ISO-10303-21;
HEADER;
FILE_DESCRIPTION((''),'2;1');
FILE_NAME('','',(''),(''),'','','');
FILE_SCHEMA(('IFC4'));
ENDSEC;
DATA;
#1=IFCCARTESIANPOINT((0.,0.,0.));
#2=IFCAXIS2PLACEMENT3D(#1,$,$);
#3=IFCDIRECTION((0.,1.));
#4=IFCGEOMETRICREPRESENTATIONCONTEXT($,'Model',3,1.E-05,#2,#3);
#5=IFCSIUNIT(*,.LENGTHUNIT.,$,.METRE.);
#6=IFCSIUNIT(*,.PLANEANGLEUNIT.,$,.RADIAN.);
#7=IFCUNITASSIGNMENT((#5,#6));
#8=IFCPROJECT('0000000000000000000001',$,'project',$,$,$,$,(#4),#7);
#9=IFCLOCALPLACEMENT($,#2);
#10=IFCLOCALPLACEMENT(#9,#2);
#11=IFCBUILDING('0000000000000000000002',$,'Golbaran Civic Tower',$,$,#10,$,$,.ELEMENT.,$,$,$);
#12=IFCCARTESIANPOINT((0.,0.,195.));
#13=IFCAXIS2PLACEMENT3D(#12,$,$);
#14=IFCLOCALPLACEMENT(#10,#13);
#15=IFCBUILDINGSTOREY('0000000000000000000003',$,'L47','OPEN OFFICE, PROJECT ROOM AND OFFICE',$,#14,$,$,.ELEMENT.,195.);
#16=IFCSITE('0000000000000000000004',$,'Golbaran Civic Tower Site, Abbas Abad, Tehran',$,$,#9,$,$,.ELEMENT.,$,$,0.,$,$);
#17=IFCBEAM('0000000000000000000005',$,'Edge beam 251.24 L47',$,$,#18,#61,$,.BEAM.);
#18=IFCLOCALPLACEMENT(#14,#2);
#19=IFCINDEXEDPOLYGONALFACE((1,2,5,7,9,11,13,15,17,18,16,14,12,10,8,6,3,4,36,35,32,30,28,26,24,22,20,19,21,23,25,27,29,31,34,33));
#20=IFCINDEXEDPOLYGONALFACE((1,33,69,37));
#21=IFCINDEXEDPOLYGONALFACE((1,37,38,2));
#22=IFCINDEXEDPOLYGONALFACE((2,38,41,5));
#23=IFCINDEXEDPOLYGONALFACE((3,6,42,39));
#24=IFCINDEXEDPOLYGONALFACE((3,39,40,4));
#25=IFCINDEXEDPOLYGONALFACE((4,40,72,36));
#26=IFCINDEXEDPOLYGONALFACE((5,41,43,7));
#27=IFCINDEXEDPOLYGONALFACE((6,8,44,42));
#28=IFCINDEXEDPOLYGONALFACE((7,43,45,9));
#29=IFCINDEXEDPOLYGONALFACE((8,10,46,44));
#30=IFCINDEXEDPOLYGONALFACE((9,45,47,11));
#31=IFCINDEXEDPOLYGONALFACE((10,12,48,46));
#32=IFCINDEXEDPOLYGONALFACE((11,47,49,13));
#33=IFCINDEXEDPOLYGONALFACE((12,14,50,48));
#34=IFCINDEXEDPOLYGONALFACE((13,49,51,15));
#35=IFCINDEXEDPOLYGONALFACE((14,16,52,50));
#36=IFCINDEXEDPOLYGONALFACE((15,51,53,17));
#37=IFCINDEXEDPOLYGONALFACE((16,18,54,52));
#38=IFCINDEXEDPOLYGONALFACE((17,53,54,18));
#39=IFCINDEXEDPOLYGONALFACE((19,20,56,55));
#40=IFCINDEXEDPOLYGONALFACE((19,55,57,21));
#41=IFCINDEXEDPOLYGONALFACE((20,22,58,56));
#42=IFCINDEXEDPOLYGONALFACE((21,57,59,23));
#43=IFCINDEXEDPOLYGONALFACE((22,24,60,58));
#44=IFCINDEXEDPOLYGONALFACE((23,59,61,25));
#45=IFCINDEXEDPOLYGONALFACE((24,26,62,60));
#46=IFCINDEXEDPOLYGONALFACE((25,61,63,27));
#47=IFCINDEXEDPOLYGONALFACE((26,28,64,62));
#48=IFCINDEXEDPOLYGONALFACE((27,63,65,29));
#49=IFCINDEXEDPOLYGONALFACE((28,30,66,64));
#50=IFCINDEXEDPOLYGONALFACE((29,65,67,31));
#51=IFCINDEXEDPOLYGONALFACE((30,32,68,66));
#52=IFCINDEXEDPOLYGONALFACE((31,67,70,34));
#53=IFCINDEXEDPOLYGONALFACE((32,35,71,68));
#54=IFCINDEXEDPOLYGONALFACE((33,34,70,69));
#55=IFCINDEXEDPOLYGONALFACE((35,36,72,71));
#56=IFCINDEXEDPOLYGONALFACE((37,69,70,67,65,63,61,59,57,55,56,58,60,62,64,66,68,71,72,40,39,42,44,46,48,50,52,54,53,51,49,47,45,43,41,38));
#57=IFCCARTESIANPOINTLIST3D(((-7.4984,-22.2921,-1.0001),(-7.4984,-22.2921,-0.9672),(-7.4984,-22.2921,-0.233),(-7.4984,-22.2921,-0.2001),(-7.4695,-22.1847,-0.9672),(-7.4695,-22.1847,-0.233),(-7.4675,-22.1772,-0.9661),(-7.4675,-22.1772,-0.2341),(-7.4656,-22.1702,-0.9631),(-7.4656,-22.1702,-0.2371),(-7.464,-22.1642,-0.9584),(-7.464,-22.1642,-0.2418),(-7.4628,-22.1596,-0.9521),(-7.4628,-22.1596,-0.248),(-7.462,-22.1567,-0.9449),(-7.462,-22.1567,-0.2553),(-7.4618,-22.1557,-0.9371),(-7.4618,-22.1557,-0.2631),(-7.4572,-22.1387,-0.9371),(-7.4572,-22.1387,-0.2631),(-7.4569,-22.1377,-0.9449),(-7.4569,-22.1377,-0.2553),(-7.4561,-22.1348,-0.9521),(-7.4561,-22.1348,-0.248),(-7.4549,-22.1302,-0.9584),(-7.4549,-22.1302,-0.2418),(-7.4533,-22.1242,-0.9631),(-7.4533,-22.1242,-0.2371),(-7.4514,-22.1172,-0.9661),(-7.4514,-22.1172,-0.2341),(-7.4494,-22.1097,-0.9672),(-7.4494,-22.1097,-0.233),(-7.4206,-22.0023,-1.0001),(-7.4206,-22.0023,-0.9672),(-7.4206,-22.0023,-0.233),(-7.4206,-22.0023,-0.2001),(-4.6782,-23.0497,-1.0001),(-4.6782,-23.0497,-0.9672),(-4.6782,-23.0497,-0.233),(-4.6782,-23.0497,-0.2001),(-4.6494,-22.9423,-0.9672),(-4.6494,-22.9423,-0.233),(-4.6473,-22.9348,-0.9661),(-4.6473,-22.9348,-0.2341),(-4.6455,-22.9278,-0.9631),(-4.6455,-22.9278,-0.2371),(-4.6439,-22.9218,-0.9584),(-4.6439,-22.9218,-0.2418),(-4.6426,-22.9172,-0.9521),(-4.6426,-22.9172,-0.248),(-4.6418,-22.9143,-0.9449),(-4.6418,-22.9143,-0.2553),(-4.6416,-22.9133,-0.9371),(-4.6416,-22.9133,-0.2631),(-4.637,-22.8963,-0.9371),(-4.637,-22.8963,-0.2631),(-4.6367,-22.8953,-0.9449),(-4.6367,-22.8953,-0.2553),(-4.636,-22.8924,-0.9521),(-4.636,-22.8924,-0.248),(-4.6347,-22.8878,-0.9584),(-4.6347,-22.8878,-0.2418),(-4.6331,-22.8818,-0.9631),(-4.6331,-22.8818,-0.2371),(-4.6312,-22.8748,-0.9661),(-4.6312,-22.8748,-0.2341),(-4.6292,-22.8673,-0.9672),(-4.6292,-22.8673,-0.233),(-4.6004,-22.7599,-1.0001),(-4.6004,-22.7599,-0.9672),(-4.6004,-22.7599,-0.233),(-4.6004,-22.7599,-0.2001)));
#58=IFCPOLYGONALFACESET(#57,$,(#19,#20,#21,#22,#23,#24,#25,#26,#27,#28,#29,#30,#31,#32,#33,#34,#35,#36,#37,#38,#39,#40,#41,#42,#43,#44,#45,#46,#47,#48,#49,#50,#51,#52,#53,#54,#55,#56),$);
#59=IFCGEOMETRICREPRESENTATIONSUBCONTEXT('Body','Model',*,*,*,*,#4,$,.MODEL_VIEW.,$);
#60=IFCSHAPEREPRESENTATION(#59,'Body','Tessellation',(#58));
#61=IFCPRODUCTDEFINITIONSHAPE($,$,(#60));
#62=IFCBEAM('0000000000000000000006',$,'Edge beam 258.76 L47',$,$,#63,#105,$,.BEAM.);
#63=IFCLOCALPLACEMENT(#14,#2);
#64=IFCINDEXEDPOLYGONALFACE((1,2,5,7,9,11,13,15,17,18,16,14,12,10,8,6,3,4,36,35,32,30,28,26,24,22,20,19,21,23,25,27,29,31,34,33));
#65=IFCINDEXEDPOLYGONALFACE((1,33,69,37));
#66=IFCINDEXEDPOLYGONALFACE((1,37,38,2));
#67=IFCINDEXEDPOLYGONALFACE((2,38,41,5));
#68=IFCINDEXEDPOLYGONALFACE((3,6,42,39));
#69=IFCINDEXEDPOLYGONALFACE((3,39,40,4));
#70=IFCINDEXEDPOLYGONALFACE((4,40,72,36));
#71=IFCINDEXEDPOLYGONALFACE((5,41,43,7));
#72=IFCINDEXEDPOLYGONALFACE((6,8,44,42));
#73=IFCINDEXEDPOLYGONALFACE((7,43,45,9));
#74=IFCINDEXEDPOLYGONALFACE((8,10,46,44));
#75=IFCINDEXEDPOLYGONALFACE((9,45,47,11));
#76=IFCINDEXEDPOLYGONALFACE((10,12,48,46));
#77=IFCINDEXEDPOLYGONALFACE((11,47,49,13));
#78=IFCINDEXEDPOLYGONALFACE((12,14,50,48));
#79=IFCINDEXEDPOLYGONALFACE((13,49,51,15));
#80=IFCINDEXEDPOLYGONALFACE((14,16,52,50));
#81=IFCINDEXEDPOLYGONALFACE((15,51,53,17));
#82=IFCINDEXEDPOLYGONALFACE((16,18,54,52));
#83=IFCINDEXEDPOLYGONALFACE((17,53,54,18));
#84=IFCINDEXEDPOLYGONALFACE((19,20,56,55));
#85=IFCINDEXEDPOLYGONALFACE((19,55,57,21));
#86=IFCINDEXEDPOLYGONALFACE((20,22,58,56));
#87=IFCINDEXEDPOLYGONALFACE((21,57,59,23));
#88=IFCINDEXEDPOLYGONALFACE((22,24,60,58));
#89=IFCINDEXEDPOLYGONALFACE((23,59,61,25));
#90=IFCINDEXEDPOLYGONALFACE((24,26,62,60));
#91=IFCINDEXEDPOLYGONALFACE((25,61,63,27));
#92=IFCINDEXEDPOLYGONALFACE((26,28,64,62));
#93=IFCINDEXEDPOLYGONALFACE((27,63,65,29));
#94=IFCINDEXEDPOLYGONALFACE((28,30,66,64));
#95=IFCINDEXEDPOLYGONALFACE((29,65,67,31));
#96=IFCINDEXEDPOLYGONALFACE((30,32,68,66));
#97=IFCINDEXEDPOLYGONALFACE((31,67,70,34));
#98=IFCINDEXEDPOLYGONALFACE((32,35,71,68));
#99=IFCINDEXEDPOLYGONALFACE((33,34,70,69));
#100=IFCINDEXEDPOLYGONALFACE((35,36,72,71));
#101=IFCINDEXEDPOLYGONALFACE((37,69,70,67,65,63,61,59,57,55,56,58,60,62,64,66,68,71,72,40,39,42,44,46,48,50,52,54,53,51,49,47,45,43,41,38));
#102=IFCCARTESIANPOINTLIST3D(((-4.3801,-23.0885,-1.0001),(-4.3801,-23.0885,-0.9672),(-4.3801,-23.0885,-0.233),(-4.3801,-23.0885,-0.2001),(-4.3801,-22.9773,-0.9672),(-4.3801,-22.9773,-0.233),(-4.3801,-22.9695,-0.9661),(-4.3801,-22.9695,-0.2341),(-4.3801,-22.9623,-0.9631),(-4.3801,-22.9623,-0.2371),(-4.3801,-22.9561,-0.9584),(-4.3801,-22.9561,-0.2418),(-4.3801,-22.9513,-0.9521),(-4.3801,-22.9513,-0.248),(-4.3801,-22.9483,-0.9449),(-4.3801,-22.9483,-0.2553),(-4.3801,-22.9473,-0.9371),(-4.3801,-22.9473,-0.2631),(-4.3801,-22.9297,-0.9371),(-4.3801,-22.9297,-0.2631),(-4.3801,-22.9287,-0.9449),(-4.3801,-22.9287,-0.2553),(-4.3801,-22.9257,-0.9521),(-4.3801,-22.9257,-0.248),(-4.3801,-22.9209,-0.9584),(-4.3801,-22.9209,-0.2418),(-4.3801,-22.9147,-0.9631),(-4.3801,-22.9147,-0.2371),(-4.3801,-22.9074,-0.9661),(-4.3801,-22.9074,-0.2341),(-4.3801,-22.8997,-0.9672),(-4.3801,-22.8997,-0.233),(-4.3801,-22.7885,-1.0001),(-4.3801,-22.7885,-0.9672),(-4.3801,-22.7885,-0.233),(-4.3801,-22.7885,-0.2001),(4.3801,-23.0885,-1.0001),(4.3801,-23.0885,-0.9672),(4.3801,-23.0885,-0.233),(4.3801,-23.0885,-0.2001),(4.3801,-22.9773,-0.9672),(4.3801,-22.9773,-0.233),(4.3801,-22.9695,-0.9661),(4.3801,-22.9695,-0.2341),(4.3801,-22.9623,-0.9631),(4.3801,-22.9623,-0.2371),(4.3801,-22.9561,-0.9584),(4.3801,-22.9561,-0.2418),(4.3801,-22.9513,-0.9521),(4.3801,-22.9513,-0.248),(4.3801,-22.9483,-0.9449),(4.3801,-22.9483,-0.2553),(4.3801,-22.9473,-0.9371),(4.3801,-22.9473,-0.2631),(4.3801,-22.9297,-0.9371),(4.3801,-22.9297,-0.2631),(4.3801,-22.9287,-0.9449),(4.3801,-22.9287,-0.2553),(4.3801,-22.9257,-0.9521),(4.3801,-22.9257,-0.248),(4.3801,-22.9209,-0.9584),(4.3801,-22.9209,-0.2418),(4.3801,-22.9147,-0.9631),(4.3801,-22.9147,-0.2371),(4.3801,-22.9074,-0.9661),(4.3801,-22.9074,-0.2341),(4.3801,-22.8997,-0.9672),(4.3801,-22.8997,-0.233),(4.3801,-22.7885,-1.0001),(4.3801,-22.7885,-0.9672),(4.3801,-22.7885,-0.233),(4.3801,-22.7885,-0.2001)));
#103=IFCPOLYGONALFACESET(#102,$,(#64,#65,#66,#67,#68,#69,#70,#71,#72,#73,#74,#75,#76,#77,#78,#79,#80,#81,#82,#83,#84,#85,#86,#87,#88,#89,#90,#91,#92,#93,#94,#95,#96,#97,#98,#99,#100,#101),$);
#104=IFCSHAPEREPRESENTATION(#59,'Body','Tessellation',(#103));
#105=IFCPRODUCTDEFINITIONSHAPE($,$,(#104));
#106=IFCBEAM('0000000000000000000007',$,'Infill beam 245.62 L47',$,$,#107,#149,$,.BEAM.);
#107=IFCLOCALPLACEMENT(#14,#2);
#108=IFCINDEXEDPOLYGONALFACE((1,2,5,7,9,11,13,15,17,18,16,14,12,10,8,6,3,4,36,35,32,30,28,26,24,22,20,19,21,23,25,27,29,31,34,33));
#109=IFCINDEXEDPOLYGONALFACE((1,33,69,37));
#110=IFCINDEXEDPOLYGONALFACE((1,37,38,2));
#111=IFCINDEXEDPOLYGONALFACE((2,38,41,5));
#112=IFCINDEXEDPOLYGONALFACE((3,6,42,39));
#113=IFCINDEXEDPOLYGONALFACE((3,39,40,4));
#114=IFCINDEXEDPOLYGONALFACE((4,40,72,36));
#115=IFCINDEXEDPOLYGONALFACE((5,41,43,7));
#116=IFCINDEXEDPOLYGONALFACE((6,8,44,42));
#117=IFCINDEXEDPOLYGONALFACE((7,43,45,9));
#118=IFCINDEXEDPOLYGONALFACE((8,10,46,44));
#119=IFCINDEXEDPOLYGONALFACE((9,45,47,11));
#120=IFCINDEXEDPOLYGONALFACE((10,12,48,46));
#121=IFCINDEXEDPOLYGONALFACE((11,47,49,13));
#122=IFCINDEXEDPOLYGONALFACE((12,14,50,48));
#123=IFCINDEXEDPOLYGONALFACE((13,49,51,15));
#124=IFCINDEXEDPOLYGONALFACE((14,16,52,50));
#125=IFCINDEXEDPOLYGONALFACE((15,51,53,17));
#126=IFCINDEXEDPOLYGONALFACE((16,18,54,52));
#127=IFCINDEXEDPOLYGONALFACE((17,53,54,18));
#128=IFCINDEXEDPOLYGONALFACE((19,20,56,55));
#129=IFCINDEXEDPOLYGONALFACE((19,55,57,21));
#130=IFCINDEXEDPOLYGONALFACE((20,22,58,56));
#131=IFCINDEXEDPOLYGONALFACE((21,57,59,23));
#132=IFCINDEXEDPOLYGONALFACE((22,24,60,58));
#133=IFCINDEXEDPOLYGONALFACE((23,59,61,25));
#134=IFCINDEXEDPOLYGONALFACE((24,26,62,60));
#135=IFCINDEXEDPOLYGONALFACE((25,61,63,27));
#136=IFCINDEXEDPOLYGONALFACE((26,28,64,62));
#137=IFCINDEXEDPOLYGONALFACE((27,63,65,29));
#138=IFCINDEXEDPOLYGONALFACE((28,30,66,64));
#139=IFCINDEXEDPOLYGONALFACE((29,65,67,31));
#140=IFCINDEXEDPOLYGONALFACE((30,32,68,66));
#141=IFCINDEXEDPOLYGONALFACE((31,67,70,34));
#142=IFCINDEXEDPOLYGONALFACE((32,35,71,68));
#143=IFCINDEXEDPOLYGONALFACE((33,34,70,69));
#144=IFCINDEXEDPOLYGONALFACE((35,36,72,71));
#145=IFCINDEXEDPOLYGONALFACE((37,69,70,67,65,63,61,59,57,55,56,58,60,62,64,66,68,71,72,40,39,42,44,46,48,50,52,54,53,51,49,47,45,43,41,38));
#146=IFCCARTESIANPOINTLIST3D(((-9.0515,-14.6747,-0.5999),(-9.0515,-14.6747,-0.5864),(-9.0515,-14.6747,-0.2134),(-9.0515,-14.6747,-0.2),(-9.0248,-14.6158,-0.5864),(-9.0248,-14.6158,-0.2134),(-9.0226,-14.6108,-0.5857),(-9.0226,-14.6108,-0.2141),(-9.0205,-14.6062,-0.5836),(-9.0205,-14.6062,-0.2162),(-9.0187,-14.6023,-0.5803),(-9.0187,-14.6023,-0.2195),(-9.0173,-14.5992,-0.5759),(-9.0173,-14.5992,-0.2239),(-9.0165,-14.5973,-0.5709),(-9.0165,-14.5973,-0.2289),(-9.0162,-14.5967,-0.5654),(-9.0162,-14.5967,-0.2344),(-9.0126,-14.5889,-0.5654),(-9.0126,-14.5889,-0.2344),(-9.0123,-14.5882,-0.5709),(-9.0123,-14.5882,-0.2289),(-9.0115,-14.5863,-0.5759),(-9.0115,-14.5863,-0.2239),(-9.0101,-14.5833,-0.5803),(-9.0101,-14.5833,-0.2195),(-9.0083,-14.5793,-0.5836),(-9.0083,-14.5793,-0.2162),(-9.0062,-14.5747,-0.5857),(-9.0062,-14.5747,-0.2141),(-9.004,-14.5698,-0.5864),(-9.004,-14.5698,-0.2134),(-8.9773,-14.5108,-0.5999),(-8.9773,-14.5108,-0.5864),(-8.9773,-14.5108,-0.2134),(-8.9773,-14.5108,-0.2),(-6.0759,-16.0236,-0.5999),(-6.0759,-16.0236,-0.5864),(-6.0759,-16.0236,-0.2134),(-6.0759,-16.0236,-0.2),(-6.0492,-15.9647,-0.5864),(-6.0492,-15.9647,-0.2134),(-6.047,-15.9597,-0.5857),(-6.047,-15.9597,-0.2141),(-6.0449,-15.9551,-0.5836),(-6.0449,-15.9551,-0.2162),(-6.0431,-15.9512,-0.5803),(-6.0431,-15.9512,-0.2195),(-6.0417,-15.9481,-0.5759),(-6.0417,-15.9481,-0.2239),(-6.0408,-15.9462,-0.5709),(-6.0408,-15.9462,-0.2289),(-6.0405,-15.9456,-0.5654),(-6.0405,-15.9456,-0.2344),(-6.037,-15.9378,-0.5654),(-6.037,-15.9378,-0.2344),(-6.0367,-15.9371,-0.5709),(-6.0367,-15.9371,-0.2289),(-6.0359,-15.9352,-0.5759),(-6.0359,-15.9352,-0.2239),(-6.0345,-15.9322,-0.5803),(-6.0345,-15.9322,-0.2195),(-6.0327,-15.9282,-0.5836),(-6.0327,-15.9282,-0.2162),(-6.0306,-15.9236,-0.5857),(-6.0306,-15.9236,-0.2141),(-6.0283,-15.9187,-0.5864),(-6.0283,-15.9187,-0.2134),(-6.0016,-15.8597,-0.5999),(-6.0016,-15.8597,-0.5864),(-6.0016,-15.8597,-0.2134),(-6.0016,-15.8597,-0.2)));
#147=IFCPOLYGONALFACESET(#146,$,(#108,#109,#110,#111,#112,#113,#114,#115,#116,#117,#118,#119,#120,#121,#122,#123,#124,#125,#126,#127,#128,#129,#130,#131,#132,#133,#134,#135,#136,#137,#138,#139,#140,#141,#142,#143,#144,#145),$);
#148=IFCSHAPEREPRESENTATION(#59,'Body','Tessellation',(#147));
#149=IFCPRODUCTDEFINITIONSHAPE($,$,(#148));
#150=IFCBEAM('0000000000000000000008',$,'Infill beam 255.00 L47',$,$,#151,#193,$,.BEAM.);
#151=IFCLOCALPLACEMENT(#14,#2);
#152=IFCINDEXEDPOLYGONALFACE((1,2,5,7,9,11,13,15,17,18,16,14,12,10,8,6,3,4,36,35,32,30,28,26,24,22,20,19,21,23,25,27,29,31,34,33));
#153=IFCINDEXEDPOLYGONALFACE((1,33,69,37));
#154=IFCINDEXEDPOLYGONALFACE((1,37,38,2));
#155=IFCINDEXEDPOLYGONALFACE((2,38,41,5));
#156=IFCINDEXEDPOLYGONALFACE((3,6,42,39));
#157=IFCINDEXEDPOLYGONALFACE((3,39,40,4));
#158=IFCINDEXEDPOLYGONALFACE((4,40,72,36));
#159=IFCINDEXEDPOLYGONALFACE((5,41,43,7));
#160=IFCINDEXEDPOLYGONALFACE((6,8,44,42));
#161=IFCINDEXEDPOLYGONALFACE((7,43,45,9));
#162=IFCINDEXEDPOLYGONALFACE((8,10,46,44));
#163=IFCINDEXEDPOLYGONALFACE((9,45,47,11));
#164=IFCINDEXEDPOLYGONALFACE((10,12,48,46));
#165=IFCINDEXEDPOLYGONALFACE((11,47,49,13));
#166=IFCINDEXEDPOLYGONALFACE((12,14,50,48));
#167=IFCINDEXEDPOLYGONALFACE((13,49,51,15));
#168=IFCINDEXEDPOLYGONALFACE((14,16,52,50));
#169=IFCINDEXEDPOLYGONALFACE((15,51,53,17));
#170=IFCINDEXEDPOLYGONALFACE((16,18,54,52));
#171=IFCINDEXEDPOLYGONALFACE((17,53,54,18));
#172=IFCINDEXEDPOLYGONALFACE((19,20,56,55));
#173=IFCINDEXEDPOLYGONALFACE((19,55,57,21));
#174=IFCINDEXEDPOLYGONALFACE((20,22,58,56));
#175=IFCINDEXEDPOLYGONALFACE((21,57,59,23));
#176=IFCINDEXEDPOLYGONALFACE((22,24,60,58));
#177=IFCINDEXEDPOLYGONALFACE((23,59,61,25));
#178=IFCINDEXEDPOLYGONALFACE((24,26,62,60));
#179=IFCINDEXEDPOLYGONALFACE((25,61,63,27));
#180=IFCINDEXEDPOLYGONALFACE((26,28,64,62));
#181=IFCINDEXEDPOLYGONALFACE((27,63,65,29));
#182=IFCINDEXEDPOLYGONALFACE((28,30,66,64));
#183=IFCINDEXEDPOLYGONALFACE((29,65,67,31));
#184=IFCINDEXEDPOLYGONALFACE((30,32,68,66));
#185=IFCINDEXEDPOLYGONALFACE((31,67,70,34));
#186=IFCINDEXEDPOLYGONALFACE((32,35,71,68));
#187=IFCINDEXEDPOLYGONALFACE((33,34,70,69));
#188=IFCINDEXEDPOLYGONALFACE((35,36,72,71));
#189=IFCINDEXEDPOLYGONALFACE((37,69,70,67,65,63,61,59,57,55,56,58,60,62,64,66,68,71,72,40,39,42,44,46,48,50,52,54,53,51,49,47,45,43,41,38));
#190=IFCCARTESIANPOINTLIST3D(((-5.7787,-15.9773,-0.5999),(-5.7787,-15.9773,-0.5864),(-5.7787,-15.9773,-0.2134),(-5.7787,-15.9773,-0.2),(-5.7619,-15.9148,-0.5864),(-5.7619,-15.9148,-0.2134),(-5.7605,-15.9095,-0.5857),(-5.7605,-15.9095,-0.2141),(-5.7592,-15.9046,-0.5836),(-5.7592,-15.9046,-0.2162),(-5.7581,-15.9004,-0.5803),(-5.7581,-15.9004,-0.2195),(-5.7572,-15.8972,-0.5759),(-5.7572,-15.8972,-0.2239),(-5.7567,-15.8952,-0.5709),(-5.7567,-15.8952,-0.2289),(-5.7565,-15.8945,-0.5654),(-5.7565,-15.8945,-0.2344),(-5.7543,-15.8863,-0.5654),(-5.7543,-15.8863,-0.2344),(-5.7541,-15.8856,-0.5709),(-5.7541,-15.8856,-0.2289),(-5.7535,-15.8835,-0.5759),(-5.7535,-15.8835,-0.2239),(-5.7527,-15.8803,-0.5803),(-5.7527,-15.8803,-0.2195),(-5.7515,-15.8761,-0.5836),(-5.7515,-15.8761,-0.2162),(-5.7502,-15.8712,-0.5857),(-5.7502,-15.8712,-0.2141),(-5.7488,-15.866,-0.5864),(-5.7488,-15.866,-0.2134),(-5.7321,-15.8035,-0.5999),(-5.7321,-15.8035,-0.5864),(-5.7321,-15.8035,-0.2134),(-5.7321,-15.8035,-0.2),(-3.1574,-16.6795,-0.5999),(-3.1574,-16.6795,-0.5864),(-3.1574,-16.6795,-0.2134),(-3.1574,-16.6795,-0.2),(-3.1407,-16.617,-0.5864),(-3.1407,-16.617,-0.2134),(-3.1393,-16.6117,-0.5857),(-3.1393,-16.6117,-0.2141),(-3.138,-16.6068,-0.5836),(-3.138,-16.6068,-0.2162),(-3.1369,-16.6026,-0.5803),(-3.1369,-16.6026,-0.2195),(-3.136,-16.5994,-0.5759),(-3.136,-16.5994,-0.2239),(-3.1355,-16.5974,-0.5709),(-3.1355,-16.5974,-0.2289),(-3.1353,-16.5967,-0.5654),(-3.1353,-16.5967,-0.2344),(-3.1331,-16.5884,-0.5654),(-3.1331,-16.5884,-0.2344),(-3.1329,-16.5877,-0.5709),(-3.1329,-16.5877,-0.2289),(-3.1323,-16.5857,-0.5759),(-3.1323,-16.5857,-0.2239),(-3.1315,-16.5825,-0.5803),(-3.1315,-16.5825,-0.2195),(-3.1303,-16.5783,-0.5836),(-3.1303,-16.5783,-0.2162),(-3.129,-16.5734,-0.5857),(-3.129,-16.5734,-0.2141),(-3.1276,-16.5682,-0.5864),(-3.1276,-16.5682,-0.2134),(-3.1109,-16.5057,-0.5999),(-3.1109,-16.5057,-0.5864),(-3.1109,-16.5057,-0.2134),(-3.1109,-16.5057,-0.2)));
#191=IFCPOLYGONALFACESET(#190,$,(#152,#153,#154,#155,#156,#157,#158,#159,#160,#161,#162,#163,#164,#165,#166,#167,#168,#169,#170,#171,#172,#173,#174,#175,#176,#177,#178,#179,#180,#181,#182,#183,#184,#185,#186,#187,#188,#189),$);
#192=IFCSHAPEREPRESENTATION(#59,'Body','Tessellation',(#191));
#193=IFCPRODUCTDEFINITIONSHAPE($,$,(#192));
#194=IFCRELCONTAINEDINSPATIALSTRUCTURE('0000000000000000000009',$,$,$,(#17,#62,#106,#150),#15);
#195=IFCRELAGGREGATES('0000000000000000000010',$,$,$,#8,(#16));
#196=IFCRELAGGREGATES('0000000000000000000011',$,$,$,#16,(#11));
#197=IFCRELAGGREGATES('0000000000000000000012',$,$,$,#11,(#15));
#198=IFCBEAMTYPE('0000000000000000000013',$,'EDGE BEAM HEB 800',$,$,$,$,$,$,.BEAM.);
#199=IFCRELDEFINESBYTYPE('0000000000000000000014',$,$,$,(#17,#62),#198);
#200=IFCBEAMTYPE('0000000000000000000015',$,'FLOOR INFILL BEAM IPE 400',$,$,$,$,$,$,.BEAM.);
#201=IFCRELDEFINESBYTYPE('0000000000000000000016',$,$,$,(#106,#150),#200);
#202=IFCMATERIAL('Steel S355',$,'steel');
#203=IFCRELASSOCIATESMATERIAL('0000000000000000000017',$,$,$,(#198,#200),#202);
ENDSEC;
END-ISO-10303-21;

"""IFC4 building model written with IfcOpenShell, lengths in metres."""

from ifc_helpers import new_model, si_unit, direction, frame, origin, origin_2d, place, context, subcontext, project, spatial, i_section, extrude, material, material_profile, profile_set, type_object, element, save


model = new_model("IFC4")

# Units and contexts
model_context = context("Model", 3, precision=1e-05, world=origin(), true_north=direction((0.0, 1.0)))
body_context = subcontext(model_context, "Body", "Model", "MODEL_VIEW")
ifc_project = project(units=[si_unit("LENGTHUNIT", "METRE"), si_unit("PLANEANGLEUNIT", "RADIAN")], contexts=[model_context])

# Site, building, storey
site_placement = place(None, origin())
site = spatial("IfcSite", under=ifc_project, at=site_placement, Name="Golbaran Civic Tower Site, Abbas Abad, Tehran", CompositionType="ELEMENT", RefElevation=0.0)
building_placement = place(site_placement, origin())
building = spatial("IfcBuilding", under=site, at=building_placement, Name="Golbaran Civic Tower", CompositionType="ELEMENT")
storey_placement = place(building_placement, frame((0.0, 0.0, 195.0)))
storey = spatial("IfcBuildingStorey", under=building, at=storey_placement, Name="L47", Description="OPEN OFFICE, PROJECT ROOM AND OFFICE", CompositionType="ELEMENT", Elevation=195.0)

# Beams
ifc_material_1 = material(Name="Steel S355", Category="steel")
ifc_material_profile_1 = material_profile(ifc_material_1, i_section(OverallWidth=0.3, OverallDepth=0.8, WebThickness=0.0176, FlangeThickness=0.033, FilletRadius=0.03, at=origin_2d()), Name="HEB 800")
ifc_profile_set_1 = profile_set([ifc_material_profile_1], Name="Steel S355")
beam_type_1 = type_object("IfcBeamType", Name="EDGE BEAM HEB 800", PredefinedType="BEAM", material=ifc_profile_set_1)
beam_1_placement = place(storey_placement, frame((-7.4595, -22.1472, -0.6001), z_axis=(0.96576, -0.259437, 0.0), x_axis=(0.259437, 0.96576, 0.0)))
element("IfcBeam", 1, at=beam_1_placement, inside=storey, type_object=beam_type_1, Name="Edge beam 251.24 L47", PredefinedType="BEAM", context=body_context, shape_type="SweptSolid", body=[
    extrude(i_section(OverallWidth=0.3, OverallDepth=0.8, WebThickness=0.0176, FlangeThickness=0.033, FilletRadius=0.03, at=origin_2d()), origin(), (0.0, 0.0, 1.0), 2.9202),
])
beam_2_placement = place(storey_placement, frame((-4.3801, -22.9385, -0.6001), z_axis=(1.0, 0.0, 0.0), x_axis=(0.0, 1.0, 0.0)))
element("IfcBeam", 2, at=beam_2_placement, inside=storey, type_object=beam_type_1, Name="Edge beam 258.76 L47", PredefinedType="BEAM", context=body_context, shape_type="SweptSolid", body=[
    extrude(i_section(OverallWidth=0.3, OverallDepth=0.8, WebThickness=0.0176, FlangeThickness=0.033, FilletRadius=0.03, at=origin_2d()), origin(), (0.0, 0.0, 1.0), 8.7603),
])
ifc_material_profile_2 = material_profile(ifc_material_1, i_section(OverallWidth=0.1799, OverallDepth=0.3999, WebThickness=0.0085, FlangeThickness=0.0134, FilletRadius=0.021, at=origin_2d()), Name="IPE 400")
ifc_profile_set_2 = profile_set([ifc_material_profile_2], Name="Steel S355")
beam_type_2 = type_object("IfcBeamType", Name="FLOOR INFILL BEAM IPE 400", PredefinedType="BEAM", material=ifc_profile_set_2)
beam_3_placement = place(storey_placement, frame((-9.0144, -14.5928, -0.3999), z_axis=(0.910788, -0.412874, 0.0), x_axis=(0.412874, 0.910788, 0.0)))
element("IfcBeam", 3, at=beam_3_placement, inside=storey, type_object=beam_type_2, Name="Infill beam 245.62 L47", PredefinedType="BEAM", context=body_context, shape_type="SweptSolid", body=[
    extrude(i_section(OverallWidth=0.1799, OverallDepth=0.3999, WebThickness=0.0085, FlangeThickness=0.0134, FilletRadius=0.021, at=origin_2d()), origin(), (0.0, 0.0, 1.0), 3.2671),
])
beam_4_placement = place(storey_placement, frame((-5.7554, -15.8904, -0.3999), z_axis=(0.965942, -0.25876, 0.0), x_axis=(0.25876, 0.965942, 0.0)))
element("IfcBeam", 4, at=beam_4_placement, inside=storey, type_object=beam_type_2, Name="Infill beam 255.00 L47", PredefinedType="BEAM", context=body_context, shape_type="SweptSolid", body=[
    extrude(i_section(OverallWidth=0.1799, OverallDepth=0.3999, WebThickness=0.0085, FlangeThickness=0.0134, FilletRadius=0.021, at=origin_2d()), origin(), (0.0, 0.0, 1.0), 2.7136),
])

save(model, "model.ifc")
